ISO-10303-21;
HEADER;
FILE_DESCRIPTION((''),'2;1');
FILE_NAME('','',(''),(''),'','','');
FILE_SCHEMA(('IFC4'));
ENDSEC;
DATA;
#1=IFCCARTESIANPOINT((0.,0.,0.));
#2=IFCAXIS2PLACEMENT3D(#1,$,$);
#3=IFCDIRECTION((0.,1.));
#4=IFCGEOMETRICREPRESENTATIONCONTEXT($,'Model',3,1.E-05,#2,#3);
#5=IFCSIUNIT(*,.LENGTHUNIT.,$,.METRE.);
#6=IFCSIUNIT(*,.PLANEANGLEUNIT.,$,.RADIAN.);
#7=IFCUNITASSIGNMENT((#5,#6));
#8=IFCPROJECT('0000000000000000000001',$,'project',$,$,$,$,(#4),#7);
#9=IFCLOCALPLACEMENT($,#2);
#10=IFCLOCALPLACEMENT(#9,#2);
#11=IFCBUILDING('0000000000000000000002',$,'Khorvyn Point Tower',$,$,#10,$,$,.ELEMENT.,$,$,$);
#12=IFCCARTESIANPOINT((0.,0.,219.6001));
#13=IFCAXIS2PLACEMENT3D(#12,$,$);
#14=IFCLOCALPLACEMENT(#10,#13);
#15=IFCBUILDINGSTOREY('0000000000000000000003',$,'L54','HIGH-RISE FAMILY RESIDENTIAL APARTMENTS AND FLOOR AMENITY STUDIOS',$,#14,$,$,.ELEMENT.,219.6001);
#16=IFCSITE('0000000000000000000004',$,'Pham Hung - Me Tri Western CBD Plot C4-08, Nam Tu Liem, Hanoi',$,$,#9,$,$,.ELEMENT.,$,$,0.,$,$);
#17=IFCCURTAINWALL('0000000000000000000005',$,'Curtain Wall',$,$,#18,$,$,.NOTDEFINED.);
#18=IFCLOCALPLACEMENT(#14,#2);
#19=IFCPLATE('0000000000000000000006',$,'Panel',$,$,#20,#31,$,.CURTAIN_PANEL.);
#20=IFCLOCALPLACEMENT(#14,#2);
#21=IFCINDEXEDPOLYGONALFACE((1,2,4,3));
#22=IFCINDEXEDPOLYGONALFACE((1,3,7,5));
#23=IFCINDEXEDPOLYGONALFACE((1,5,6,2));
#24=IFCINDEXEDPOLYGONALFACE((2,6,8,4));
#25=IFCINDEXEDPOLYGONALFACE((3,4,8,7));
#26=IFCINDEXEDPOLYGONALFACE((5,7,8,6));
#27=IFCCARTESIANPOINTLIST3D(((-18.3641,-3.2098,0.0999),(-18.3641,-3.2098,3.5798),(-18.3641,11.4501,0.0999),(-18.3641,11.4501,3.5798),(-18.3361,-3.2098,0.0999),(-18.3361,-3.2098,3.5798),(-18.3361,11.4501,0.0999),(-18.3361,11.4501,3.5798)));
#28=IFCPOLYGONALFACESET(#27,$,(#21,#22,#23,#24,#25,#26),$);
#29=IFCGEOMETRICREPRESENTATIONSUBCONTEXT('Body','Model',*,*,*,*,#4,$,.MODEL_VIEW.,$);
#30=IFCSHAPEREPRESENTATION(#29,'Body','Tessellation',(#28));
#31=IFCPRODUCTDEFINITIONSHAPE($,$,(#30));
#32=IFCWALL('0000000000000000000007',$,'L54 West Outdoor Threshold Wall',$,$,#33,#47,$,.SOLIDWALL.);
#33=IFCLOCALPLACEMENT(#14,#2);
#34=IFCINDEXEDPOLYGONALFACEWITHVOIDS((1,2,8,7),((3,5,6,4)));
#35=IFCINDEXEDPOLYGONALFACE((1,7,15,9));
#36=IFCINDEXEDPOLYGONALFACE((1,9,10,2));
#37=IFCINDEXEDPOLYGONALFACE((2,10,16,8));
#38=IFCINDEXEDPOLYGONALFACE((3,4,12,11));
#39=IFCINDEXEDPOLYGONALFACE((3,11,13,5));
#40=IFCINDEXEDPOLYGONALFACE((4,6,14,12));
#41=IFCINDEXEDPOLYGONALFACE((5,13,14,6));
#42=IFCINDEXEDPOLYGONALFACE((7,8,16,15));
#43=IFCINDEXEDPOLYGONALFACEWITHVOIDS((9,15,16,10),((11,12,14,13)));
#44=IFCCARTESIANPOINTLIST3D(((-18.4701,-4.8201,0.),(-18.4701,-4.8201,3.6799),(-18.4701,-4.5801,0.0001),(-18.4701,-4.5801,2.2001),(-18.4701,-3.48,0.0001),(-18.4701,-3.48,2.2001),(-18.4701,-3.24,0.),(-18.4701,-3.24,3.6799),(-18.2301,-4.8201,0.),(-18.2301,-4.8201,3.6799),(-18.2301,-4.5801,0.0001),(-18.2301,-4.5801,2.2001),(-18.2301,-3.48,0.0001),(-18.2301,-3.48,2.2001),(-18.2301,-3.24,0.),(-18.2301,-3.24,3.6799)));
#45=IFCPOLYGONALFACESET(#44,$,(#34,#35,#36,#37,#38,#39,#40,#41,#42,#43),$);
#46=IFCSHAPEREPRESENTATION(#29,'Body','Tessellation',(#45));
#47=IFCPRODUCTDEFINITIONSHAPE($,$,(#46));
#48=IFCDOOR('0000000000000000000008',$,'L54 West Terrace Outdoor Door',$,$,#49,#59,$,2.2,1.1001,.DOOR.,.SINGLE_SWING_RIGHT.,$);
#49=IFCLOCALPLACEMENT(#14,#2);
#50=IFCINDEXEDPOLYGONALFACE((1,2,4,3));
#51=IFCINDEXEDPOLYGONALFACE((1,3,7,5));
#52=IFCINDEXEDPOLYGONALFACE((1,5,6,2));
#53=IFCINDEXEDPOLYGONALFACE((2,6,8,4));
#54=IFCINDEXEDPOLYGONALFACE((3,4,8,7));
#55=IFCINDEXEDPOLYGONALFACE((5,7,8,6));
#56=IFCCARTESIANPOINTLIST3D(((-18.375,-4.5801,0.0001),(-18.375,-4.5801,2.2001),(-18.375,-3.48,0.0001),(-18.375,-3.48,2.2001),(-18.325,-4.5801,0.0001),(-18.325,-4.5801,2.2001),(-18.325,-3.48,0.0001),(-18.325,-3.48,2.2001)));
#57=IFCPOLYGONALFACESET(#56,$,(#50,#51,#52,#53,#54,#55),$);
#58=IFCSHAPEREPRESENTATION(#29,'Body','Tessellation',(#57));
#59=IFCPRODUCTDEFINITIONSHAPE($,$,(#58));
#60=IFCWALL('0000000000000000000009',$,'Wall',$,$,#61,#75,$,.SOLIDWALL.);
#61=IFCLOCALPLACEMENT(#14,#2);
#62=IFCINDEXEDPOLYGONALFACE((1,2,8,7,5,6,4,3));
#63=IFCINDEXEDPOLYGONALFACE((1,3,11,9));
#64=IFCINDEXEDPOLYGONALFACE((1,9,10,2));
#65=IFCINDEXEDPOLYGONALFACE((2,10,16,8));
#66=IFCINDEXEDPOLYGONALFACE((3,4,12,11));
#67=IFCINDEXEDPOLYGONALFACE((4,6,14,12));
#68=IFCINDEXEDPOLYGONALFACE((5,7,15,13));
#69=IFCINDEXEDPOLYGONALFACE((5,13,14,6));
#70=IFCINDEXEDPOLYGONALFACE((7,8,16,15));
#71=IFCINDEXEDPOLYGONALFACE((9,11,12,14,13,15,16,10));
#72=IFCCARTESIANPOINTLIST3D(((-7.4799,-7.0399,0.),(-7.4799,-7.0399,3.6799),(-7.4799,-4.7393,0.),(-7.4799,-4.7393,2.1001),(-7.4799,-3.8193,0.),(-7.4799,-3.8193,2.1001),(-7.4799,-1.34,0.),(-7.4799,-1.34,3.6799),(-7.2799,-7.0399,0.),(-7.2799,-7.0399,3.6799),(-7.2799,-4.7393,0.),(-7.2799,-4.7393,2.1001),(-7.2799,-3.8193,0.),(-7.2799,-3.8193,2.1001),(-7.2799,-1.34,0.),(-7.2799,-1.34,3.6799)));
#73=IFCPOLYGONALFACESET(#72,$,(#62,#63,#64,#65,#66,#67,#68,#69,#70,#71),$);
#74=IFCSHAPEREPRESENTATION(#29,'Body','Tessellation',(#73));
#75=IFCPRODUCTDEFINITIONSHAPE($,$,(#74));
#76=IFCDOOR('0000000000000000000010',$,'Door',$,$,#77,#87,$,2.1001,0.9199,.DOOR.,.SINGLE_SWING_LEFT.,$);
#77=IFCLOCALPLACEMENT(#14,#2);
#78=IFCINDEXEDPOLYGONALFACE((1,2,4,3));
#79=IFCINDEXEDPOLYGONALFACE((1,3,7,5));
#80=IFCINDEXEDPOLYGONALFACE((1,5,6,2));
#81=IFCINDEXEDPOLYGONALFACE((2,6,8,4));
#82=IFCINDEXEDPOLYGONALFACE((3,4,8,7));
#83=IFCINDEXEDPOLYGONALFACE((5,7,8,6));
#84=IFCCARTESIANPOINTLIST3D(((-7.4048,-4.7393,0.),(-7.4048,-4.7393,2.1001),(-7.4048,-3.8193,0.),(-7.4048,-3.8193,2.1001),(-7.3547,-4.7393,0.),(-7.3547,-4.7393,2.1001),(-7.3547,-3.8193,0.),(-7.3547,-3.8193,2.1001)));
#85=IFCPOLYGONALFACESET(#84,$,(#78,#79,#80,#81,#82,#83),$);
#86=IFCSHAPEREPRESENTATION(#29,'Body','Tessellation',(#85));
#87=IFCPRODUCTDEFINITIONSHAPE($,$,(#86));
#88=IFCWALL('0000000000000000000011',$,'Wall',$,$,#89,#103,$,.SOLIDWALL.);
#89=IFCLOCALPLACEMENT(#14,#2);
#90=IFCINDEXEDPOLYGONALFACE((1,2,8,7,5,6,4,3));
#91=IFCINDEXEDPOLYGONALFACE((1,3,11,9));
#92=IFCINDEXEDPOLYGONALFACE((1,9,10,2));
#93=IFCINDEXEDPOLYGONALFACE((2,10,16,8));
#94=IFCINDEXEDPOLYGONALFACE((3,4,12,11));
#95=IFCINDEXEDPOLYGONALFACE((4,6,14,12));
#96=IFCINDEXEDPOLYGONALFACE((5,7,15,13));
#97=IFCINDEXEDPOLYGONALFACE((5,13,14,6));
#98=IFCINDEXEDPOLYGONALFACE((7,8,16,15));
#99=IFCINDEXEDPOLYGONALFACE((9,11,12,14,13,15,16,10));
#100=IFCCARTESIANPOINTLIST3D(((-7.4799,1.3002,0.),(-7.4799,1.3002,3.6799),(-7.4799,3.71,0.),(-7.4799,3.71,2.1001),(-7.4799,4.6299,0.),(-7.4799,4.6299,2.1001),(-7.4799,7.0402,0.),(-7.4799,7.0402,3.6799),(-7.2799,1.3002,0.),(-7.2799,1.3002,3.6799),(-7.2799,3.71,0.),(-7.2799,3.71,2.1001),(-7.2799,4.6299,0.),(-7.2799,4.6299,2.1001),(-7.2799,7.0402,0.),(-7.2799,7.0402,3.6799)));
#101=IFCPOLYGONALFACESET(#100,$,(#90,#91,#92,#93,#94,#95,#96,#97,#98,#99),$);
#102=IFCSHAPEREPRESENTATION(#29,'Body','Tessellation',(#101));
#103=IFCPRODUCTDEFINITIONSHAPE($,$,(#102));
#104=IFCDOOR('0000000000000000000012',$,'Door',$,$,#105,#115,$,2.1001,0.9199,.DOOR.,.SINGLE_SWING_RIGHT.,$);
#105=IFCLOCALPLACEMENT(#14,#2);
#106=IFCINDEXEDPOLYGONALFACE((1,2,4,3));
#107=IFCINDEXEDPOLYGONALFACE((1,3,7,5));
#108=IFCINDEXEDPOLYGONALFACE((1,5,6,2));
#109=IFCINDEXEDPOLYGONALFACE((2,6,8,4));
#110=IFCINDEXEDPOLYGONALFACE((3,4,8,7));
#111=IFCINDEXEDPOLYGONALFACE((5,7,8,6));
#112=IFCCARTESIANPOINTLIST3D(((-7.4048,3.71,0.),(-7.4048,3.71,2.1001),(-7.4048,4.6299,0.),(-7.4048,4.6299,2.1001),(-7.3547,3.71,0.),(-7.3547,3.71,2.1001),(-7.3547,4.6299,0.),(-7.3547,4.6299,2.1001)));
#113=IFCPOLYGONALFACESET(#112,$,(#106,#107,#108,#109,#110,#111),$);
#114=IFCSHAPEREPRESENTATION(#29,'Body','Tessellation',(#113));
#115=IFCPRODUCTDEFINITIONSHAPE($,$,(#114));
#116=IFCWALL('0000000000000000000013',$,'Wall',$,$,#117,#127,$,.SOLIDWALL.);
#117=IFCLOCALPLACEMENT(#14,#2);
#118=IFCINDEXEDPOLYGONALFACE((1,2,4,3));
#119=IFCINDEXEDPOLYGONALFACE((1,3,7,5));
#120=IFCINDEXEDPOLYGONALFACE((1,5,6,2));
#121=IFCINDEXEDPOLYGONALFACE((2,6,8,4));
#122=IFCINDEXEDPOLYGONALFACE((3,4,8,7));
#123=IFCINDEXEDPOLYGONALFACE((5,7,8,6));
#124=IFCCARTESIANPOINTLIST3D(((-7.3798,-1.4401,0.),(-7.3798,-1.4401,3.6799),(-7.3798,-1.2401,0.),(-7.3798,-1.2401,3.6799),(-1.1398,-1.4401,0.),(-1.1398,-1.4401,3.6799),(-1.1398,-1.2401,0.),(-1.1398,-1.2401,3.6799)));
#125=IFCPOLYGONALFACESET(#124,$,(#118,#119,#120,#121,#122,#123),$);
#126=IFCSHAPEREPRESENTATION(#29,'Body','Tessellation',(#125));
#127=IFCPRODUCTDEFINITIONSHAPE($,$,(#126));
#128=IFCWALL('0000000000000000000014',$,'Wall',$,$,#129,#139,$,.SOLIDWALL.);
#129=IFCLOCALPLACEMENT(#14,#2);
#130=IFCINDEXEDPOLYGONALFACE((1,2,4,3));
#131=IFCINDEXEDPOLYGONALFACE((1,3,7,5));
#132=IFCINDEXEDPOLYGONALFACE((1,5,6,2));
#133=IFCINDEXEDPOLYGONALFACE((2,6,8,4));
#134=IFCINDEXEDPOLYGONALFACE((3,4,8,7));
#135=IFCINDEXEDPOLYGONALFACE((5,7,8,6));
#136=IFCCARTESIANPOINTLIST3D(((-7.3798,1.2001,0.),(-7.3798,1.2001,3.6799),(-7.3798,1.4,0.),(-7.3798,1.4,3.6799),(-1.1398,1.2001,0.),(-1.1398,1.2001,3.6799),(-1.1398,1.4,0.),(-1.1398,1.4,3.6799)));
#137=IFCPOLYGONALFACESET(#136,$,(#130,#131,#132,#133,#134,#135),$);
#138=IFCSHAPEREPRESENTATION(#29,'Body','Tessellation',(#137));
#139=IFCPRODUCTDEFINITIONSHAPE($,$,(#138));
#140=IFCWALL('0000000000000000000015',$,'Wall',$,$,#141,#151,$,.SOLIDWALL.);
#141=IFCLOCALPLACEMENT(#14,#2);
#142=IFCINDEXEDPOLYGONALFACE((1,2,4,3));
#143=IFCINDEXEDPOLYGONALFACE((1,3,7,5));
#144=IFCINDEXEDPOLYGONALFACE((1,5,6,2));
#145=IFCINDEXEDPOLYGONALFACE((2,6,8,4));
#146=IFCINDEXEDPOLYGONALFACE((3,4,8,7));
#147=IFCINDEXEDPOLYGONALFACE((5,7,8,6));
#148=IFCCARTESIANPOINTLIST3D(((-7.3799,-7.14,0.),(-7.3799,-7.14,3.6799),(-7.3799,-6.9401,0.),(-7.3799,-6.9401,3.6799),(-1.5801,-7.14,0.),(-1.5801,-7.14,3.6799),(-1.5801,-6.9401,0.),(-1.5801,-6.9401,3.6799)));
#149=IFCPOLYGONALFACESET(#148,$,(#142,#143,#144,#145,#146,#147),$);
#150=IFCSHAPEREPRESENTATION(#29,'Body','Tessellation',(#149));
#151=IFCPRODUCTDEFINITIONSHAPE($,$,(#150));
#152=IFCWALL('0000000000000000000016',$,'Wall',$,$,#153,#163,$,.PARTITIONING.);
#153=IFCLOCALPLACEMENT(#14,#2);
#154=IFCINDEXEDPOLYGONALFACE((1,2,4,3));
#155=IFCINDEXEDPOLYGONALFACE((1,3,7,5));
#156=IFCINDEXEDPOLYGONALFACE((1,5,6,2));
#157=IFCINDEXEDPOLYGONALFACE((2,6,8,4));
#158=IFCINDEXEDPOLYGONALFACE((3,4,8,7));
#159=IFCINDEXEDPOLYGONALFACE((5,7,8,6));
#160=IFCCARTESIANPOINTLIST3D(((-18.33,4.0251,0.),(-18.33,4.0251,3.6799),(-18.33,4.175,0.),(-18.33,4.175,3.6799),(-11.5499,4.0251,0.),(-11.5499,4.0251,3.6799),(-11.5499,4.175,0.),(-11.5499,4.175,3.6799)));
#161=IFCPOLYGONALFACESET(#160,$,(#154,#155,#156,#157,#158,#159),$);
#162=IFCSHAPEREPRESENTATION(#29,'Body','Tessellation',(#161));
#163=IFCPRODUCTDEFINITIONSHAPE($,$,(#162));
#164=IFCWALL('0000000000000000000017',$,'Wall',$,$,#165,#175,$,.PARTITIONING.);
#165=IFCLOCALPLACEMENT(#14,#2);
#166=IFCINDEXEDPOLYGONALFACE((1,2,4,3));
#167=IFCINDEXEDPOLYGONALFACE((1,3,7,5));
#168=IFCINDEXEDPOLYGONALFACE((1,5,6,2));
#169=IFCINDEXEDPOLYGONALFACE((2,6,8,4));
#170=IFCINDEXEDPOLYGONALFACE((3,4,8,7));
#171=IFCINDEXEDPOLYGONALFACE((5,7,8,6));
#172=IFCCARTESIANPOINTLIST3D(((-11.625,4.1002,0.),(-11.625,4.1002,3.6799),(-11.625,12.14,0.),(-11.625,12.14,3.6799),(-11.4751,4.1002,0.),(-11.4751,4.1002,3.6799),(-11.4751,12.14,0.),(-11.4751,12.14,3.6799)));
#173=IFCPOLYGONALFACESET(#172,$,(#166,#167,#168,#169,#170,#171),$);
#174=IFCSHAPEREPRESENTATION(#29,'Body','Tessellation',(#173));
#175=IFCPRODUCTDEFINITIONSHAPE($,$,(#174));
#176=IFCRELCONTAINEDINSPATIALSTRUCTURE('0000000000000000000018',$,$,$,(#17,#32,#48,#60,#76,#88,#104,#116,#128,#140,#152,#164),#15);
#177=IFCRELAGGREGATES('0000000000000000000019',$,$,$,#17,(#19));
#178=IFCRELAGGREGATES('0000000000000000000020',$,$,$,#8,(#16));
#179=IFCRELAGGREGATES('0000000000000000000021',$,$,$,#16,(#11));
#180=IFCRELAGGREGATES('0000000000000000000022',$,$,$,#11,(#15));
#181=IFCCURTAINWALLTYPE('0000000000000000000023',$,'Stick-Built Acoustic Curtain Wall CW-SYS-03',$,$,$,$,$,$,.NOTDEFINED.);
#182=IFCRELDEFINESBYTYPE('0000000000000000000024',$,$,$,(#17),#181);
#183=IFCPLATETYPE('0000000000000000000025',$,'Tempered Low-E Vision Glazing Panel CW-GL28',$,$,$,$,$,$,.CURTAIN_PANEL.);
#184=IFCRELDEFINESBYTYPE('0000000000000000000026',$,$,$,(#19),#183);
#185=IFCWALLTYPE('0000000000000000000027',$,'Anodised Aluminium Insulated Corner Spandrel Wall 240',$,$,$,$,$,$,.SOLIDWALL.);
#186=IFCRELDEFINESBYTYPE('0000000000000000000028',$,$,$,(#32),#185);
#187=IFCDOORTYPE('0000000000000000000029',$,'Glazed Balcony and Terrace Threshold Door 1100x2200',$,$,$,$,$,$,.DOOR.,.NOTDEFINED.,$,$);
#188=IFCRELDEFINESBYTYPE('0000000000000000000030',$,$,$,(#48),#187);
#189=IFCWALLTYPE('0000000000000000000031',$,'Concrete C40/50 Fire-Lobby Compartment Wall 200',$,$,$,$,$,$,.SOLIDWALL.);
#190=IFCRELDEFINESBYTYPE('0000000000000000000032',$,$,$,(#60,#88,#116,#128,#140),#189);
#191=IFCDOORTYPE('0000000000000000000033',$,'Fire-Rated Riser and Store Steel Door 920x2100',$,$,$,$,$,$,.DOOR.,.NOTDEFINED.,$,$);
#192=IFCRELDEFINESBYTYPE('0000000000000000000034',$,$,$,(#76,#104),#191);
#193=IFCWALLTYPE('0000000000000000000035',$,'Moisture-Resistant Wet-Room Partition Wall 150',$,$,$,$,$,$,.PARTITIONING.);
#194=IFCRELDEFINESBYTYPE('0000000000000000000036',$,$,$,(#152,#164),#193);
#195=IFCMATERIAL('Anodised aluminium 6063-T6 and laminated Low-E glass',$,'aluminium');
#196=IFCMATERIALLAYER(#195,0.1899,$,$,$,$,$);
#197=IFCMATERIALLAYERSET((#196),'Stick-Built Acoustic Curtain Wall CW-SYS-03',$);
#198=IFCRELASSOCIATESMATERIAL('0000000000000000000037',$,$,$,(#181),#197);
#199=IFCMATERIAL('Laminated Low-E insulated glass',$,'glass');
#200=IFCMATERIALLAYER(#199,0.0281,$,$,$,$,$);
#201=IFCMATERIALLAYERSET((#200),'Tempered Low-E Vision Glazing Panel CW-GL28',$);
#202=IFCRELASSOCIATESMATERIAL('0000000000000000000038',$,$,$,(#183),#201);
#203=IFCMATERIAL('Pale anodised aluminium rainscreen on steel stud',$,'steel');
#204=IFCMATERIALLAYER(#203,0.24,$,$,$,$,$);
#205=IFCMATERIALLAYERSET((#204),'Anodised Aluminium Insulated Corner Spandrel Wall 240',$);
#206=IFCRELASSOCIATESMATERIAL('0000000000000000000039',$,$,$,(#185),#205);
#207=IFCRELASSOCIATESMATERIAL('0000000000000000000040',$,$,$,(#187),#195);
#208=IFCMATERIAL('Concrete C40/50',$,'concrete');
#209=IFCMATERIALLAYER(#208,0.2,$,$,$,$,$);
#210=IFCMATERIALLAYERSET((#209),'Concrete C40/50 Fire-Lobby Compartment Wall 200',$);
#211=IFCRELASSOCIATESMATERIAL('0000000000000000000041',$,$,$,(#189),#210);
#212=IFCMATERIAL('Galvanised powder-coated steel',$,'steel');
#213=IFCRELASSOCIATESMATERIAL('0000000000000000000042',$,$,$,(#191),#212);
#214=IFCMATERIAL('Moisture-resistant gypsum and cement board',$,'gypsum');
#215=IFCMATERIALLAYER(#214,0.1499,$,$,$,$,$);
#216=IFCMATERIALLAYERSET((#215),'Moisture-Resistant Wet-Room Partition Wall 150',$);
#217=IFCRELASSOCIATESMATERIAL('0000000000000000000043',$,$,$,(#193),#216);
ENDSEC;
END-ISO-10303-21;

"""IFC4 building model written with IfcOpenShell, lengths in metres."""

from ifc_helpers import new_model, si_unit, direction, frame, frame_2d, origin, origin_2d, place, context, subcontext, project, spatial, rectangle, extrude, material, layer, layer_set, type_object, element, fill, aggregate, save


model = new_model("IFC4")

# Units and contexts
model_context = context("Model", 3, precision=1e-05, world=origin(), true_north=direction((0.0, 1.0)))
body_context = subcontext(model_context, "Body", "Model", "MODEL_VIEW")
ifc_project = project(units=[si_unit("LENGTHUNIT", "METRE"), si_unit("PLANEANGLEUNIT", "RADIAN")], contexts=[model_context])

# Site, building, storey
site_placement = place(None, origin())
site = spatial("IfcSite", under=ifc_project, at=site_placement, Name="Pham Hung - Me Tri Western CBD Plot C4-08, Nam Tu Liem, Hanoi", CompositionType="ELEMENT", RefElevation=0.0)
building_placement = place(site_placement, origin())
building = spatial("IfcBuilding", under=site, at=building_placement, Name="Khorvyn Point Tower", CompositionType="ELEMENT")
storey_placement = place(building_placement, frame((0.0, 0.0, 219.6001)))
storey = spatial("IfcBuildingStorey", under=building, at=storey_placement, Name="L54", Description="HIGH-RISE FAMILY RESIDENTIAL APARTMENTS AND FLOOR AMENITY STUDIOS", CompositionType="ELEMENT", Elevation=219.6001)

# Shared definitions
ifc_material_1 = material(Name="Anodised aluminium 6063-T6 and laminated Low-E glass", Category="aluminium")
ifc_layer_1 = layer(ifc_material_1, 0.1899)
ifc_layer_set_1 = layer_set([ifc_layer_1], Name="Stick-Built Acoustic Curtain Wall CW-SYS-03")
curtain_wall_type = type_object("IfcCurtainWallType", Name="Stick-Built Acoustic Curtain Wall CW-SYS-03", PredefinedType="NOTDEFINED", material=ifc_layer_set_1)

# Curtain wall
curtain_wall_1_placement = place(storey_placement, origin())
curtain_wall_1 = element("IfcCurtainWall", 1, at=curtain_wall_1_placement, inside=storey, type_object=curtain_wall_type, Name="Curtain Wall", PredefinedType="NOTDEFINED")

# Plate
ifc_material_2 = material(Name="Laminated Low-E insulated glass", Category="glass")
ifc_layer_2 = layer(ifc_material_2, 0.0281)
ifc_layer_set_2 = layer_set([ifc_layer_2], Name="Tempered Low-E Vision Glazing Panel CW-GL28")
plate_type = type_object("IfcPlateType", Name="Tempered Low-E Vision Glazing Panel CW-GL28", PredefinedType="CURTAIN_PANEL", material=ifc_layer_set_2)
plate_placement = place(storey_placement, frame((-18.3501, 4.1201, 0.0999), z_axis=(0.0, 0.0, 1.0), x_axis=(0.0, 1.0, 0.0)))
plate = element("IfcPlate", 2, at=plate_placement, type_object=plate_type, Name="Panel", PredefinedType="CURTAIN_PANEL", context=body_context, shape_type="SweptSolid", body=[
    extrude(rectangle(XDim=14.6599, YDim=0.0281, at=origin_2d()), origin(), (0.0, 0.0, 1.0), 3.48),
])
aggregate(curtain_wall_1, [plate])

# Walls, openings, doors
ifc_material_3 = material(Name="Pale anodised aluminium rainscreen on steel stud", Category="steel")
ifc_layer_3 = layer(ifc_material_3, 0.24)
ifc_layer_set_3 = layer_set([ifc_layer_3], Name="Anodised Aluminium Insulated Corner Spandrel Wall 240")
wall_type_1 = type_object("IfcWallType", Name="Anodised Aluminium Insulated Corner Spandrel Wall 240", PredefinedType="SOLIDWALL", material=ifc_layer_set_3)
wall_1_placement = place(storey_placement, frame((-18.3501, -4.8201, 0.0), z_axis=(0.0, 0.0, 1.0), x_axis=(0.0, 1.0, 0.0)))
wall_1 = element("IfcWall", 3, at=wall_1_placement, inside=storey, type_object=wall_type_1, Name="L54 West Outdoor Threshold Wall", PredefinedType="SOLIDWALL", context=body_context, shape_type="SweptSolid", body=[
    extrude(rectangle(XDim=1.5801, YDim=0.24, at=frame_2d((0.79, 0.0))), origin(), (0.0, 0.0, 1.0), 3.6799),
])
opening_1_placement = place(wall_1_placement, frame((0.24, 0.0, 0.0)))
opening_1 = element("IfcOpeningElement", 4, at=opening_1_placement, cuts=wall_1, PredefinedType="OPENING", context=body_context, shape_type="SweptSolid", body=[
    extrude(rectangle(XDim=1.1001, YDim=2.2, at=frame_2d((0.55, 1.1001))), frame((0.0, 0.1299, 0.0), z_axis=(0.0, -1.0, 0.0), x_axis=(1.0, 0.0, 0.0)), (0.0, 0.0, 1.0), 0.26),
])
door_type_1 = type_object("IfcDoorType", Name="Glazed Balcony and Terrace Threshold Door 1100x2200", OperationType="NOTDEFINED", PredefinedType="DOOR", material=ifc_material_1)
door_1_placement = place(opening_1_placement, origin())
door_1 = element("IfcDoor", 5, at=door_1_placement, inside=storey, type_object=door_type_1, Name="L54 West Terrace Outdoor Door", OperationType="SINGLE_SWING_RIGHT", OverallHeight=2.2, OverallWidth=1.1001, PredefinedType="DOOR", context=body_context, shape_type="SweptSolid", body=[
    extrude(rectangle(XDim=1.1001, YDim=2.2, at=frame_2d((0.55, 1.1001))), frame((0.0, 0.0249, 0.0), z_axis=(0.0, -1.0, 0.0), x_axis=(1.0, 0.0, 0.0)), (0.0, 0.0, 1.0), 0.05),
])
fill(opening_1, door_1)
ifc_material_4 = material(Name="Concrete C40/50", Category="concrete")
ifc_layer_4 = layer(ifc_material_4, 0.2)
ifc_layer_set_4 = layer_set([ifc_layer_4], Name="Concrete C40/50 Fire-Lobby Compartment Wall 200")
wall_type_2 = type_object("IfcWallType", Name="Concrete C40/50 Fire-Lobby Compartment Wall 200", PredefinedType="SOLIDWALL", material=ifc_layer_set_4)
wall_2_placement = place(storey_placement, frame((-7.3799, -7.04, 0.0), z_axis=(0.0, 0.0, 1.0), x_axis=(0.0, 1.0, 0.0)))
wall_2 = element("IfcWall", 6, at=wall_2_placement, inside=storey, type_object=wall_type_2, Name="Wall", PredefinedType="SOLIDWALL", context=body_context, shape_type="SweptSolid", body=[
    extrude(rectangle(XDim=5.7, YDim=0.2, at=frame_2d((2.8501, 0.0))), origin(), (0.0, 0.0, 1.0), 3.6799),
])
opening_2_placement = place(wall_2_placement, frame((2.3008, 0.0, 0.0)))
opening_2 = element("IfcOpeningElement", 7, at=opening_2_placement, cuts=wall_2, PredefinedType="OPENING", context=body_context, shape_type="SweptSolid", body=[
    extrude(rectangle(XDim=0.9199, YDim=2.1001, at=frame_2d((0.46, 1.05))), frame((0.0, 0.1099, 0.0), z_axis=(0.0, -1.0, 0.0), x_axis=(1.0, 0.0, 0.0)), (0.0, 0.0, 1.0), 0.22),
])
ifc_material_5 = material(Name="Galvanised powder-coated steel", Category="steel")
door_type_2 = type_object("IfcDoorType", Name="Fire-Rated Riser and Store Steel Door 920x2100", OperationType="NOTDEFINED", PredefinedType="DOOR", material=ifc_material_5)
door_2_placement = place(opening_2_placement, origin())
door_2 = element("IfcDoor", 8, at=door_2_placement, inside=storey, type_object=door_type_2, Name="Door", OperationType="SINGLE_SWING_LEFT", OverallHeight=2.1001, OverallWidth=0.9199, PredefinedType="DOOR", context=body_context, shape_type="SweptSolid", body=[
    extrude(rectangle(XDim=0.9199, YDim=2.1001, at=frame_2d((0.46, 1.05))), frame((0.0, 0.0249, 0.0), z_axis=(0.0, -1.0, 0.0), x_axis=(1.0, 0.0, 0.0)), (0.0, 0.0, 1.0), 0.05),
])
fill(opening_2, door_2)
wall_3_placement = place(storey_placement, frame((-7.3799, 1.3, 0.0), z_axis=(0.0, 0.0, 1.0), x_axis=(0.0, 1.0, 0.0)))
wall_3 = element("IfcWall", 9, at=wall_3_placement, inside=storey, type_object=wall_type_2, Name="Wall", PredefinedType="SOLIDWALL", context=body_context, shape_type="SweptSolid", body=[
    extrude(rectangle(XDim=5.74, YDim=0.2, at=frame_2d((2.8701, 0.0))), origin(), (0.0, 0.0, 1.0), 3.6799),
])
opening_3_placement = place(wall_3_placement, frame((2.4099, 0.0, 0.0)))
opening_3 = element("IfcOpeningElement", 10, at=opening_3_placement, cuts=wall_3, PredefinedType="OPENING", context=body_context, shape_type="SweptSolid", body=[
    extrude(rectangle(XDim=0.9199, YDim=2.1001, at=frame_2d((0.46, 1.05))), frame((0.0, 0.1099, 0.0), z_axis=(0.0, -1.0, 0.0), x_axis=(1.0, 0.0, 0.0)), (0.0, 0.0, 1.0), 0.22),
])
door_3_placement = place(opening_3_placement, origin())
door_3 = element("IfcDoor", 11, at=door_3_placement, inside=storey, type_object=door_type_2, Name="Door", OperationType="SINGLE_SWING_RIGHT", OverallHeight=2.1001, OverallWidth=0.9199, PredefinedType="DOOR", context=body_context, shape_type="SweptSolid", body=[
    extrude(rectangle(XDim=0.9199, YDim=2.1001, at=frame_2d((0.46, 1.05))), frame((0.0, 0.0249, 0.0), z_axis=(0.0, -1.0, 0.0), x_axis=(1.0, 0.0, 0.0)), (0.0, 0.0, 1.0), 0.05),
])
fill(opening_3, door_3)

# Walls
for number, where, z_axis, x_axis, name in (
    (12, (-7.3799, -1.3401, 0.0), (0.0, 0.0, 1.0), (1.0, 0.0, 0.0), "Wall"),
    (13, (-7.3799, 1.3, 0.0), (0.0, 0.0, 1.0), (1.0, 0.0, 0.0), "Wall"),
):
    element("IfcWall", number, at=place(storey_placement, frame(where, z_axis=z_axis, x_axis=x_axis)), inside=storey, type_object=wall_type_2, Name=name, PredefinedType="SOLIDWALL", context=body_context, shape_type="SweptSolid", body=[
        extrude(rectangle(XDim=6.24, YDim=0.2, at=frame_2d((3.1201, 0.0))), origin(), (0.0, 0.0, 1.0), 3.6799),
    ])
wall_4_placement = place(storey_placement, frame((-7.3799, -7.04, 0.0), z_axis=(0.0, 0.0, 1.0), x_axis=(1.0, 0.0, 0.0)))
element("IfcWall", 14, at=wall_4_placement, inside=storey, type_object=wall_type_2, Name="Wall", PredefinedType="SOLIDWALL", context=body_context, shape_type="SweptSolid", body=[
    extrude(rectangle(XDim=5.7998, YDim=0.2, at=frame_2d((2.8999, 0.0))), origin(), (0.0, 0.0, 1.0), 3.6799),
])
ifc_material_6 = material(Name="Moisture-resistant gypsum and cement board", Category="gypsum")
ifc_layer_5 = layer(ifc_material_6, 0.1499)
ifc_layer_set_5 = layer_set([ifc_layer_5], Name="Moisture-Resistant Wet-Room Partition Wall 150")
wall_type_3 = type_object("IfcWallType", Name="Moisture-Resistant Wet-Room Partition Wall 150", PredefinedType="PARTITIONING", material=ifc_layer_set_5)
wall_5_placement = place(storey_placement, frame((-18.3301, 4.1001, 0.0), z_axis=(0.0, 0.0, 1.0), x_axis=(1.0, 0.0, 0.0)))
element("IfcWall", 15, at=wall_5_placement, inside=storey, type_object=wall_type_3, Name="Wall", PredefinedType="PARTITIONING", context=body_context, shape_type="SweptSolid", body=[
    extrude(rectangle(XDim=6.78, YDim=0.1499, at=frame_2d((3.3901, 0.0))), origin(), (0.0, 0.0, 1.0), 3.6799),
])
wall_6_placement = place(storey_placement, frame((-11.55, 4.1001, 0.0), z_axis=(0.0, 0.0, 1.0), x_axis=(0.0, 1.0, 0.0)))
element("IfcWall", 16, at=wall_6_placement, inside=storey, type_object=wall_type_3, Name="Wall", PredefinedType="PARTITIONING", context=body_context, shape_type="SweptSolid", body=[
    extrude(rectangle(XDim=8.0398, YDim=0.1499, at=frame_2d((4.02, 0.0))), origin(), (0.0, 0.0, 1.0), 3.6799),
])

save(model, "model.ifc")
